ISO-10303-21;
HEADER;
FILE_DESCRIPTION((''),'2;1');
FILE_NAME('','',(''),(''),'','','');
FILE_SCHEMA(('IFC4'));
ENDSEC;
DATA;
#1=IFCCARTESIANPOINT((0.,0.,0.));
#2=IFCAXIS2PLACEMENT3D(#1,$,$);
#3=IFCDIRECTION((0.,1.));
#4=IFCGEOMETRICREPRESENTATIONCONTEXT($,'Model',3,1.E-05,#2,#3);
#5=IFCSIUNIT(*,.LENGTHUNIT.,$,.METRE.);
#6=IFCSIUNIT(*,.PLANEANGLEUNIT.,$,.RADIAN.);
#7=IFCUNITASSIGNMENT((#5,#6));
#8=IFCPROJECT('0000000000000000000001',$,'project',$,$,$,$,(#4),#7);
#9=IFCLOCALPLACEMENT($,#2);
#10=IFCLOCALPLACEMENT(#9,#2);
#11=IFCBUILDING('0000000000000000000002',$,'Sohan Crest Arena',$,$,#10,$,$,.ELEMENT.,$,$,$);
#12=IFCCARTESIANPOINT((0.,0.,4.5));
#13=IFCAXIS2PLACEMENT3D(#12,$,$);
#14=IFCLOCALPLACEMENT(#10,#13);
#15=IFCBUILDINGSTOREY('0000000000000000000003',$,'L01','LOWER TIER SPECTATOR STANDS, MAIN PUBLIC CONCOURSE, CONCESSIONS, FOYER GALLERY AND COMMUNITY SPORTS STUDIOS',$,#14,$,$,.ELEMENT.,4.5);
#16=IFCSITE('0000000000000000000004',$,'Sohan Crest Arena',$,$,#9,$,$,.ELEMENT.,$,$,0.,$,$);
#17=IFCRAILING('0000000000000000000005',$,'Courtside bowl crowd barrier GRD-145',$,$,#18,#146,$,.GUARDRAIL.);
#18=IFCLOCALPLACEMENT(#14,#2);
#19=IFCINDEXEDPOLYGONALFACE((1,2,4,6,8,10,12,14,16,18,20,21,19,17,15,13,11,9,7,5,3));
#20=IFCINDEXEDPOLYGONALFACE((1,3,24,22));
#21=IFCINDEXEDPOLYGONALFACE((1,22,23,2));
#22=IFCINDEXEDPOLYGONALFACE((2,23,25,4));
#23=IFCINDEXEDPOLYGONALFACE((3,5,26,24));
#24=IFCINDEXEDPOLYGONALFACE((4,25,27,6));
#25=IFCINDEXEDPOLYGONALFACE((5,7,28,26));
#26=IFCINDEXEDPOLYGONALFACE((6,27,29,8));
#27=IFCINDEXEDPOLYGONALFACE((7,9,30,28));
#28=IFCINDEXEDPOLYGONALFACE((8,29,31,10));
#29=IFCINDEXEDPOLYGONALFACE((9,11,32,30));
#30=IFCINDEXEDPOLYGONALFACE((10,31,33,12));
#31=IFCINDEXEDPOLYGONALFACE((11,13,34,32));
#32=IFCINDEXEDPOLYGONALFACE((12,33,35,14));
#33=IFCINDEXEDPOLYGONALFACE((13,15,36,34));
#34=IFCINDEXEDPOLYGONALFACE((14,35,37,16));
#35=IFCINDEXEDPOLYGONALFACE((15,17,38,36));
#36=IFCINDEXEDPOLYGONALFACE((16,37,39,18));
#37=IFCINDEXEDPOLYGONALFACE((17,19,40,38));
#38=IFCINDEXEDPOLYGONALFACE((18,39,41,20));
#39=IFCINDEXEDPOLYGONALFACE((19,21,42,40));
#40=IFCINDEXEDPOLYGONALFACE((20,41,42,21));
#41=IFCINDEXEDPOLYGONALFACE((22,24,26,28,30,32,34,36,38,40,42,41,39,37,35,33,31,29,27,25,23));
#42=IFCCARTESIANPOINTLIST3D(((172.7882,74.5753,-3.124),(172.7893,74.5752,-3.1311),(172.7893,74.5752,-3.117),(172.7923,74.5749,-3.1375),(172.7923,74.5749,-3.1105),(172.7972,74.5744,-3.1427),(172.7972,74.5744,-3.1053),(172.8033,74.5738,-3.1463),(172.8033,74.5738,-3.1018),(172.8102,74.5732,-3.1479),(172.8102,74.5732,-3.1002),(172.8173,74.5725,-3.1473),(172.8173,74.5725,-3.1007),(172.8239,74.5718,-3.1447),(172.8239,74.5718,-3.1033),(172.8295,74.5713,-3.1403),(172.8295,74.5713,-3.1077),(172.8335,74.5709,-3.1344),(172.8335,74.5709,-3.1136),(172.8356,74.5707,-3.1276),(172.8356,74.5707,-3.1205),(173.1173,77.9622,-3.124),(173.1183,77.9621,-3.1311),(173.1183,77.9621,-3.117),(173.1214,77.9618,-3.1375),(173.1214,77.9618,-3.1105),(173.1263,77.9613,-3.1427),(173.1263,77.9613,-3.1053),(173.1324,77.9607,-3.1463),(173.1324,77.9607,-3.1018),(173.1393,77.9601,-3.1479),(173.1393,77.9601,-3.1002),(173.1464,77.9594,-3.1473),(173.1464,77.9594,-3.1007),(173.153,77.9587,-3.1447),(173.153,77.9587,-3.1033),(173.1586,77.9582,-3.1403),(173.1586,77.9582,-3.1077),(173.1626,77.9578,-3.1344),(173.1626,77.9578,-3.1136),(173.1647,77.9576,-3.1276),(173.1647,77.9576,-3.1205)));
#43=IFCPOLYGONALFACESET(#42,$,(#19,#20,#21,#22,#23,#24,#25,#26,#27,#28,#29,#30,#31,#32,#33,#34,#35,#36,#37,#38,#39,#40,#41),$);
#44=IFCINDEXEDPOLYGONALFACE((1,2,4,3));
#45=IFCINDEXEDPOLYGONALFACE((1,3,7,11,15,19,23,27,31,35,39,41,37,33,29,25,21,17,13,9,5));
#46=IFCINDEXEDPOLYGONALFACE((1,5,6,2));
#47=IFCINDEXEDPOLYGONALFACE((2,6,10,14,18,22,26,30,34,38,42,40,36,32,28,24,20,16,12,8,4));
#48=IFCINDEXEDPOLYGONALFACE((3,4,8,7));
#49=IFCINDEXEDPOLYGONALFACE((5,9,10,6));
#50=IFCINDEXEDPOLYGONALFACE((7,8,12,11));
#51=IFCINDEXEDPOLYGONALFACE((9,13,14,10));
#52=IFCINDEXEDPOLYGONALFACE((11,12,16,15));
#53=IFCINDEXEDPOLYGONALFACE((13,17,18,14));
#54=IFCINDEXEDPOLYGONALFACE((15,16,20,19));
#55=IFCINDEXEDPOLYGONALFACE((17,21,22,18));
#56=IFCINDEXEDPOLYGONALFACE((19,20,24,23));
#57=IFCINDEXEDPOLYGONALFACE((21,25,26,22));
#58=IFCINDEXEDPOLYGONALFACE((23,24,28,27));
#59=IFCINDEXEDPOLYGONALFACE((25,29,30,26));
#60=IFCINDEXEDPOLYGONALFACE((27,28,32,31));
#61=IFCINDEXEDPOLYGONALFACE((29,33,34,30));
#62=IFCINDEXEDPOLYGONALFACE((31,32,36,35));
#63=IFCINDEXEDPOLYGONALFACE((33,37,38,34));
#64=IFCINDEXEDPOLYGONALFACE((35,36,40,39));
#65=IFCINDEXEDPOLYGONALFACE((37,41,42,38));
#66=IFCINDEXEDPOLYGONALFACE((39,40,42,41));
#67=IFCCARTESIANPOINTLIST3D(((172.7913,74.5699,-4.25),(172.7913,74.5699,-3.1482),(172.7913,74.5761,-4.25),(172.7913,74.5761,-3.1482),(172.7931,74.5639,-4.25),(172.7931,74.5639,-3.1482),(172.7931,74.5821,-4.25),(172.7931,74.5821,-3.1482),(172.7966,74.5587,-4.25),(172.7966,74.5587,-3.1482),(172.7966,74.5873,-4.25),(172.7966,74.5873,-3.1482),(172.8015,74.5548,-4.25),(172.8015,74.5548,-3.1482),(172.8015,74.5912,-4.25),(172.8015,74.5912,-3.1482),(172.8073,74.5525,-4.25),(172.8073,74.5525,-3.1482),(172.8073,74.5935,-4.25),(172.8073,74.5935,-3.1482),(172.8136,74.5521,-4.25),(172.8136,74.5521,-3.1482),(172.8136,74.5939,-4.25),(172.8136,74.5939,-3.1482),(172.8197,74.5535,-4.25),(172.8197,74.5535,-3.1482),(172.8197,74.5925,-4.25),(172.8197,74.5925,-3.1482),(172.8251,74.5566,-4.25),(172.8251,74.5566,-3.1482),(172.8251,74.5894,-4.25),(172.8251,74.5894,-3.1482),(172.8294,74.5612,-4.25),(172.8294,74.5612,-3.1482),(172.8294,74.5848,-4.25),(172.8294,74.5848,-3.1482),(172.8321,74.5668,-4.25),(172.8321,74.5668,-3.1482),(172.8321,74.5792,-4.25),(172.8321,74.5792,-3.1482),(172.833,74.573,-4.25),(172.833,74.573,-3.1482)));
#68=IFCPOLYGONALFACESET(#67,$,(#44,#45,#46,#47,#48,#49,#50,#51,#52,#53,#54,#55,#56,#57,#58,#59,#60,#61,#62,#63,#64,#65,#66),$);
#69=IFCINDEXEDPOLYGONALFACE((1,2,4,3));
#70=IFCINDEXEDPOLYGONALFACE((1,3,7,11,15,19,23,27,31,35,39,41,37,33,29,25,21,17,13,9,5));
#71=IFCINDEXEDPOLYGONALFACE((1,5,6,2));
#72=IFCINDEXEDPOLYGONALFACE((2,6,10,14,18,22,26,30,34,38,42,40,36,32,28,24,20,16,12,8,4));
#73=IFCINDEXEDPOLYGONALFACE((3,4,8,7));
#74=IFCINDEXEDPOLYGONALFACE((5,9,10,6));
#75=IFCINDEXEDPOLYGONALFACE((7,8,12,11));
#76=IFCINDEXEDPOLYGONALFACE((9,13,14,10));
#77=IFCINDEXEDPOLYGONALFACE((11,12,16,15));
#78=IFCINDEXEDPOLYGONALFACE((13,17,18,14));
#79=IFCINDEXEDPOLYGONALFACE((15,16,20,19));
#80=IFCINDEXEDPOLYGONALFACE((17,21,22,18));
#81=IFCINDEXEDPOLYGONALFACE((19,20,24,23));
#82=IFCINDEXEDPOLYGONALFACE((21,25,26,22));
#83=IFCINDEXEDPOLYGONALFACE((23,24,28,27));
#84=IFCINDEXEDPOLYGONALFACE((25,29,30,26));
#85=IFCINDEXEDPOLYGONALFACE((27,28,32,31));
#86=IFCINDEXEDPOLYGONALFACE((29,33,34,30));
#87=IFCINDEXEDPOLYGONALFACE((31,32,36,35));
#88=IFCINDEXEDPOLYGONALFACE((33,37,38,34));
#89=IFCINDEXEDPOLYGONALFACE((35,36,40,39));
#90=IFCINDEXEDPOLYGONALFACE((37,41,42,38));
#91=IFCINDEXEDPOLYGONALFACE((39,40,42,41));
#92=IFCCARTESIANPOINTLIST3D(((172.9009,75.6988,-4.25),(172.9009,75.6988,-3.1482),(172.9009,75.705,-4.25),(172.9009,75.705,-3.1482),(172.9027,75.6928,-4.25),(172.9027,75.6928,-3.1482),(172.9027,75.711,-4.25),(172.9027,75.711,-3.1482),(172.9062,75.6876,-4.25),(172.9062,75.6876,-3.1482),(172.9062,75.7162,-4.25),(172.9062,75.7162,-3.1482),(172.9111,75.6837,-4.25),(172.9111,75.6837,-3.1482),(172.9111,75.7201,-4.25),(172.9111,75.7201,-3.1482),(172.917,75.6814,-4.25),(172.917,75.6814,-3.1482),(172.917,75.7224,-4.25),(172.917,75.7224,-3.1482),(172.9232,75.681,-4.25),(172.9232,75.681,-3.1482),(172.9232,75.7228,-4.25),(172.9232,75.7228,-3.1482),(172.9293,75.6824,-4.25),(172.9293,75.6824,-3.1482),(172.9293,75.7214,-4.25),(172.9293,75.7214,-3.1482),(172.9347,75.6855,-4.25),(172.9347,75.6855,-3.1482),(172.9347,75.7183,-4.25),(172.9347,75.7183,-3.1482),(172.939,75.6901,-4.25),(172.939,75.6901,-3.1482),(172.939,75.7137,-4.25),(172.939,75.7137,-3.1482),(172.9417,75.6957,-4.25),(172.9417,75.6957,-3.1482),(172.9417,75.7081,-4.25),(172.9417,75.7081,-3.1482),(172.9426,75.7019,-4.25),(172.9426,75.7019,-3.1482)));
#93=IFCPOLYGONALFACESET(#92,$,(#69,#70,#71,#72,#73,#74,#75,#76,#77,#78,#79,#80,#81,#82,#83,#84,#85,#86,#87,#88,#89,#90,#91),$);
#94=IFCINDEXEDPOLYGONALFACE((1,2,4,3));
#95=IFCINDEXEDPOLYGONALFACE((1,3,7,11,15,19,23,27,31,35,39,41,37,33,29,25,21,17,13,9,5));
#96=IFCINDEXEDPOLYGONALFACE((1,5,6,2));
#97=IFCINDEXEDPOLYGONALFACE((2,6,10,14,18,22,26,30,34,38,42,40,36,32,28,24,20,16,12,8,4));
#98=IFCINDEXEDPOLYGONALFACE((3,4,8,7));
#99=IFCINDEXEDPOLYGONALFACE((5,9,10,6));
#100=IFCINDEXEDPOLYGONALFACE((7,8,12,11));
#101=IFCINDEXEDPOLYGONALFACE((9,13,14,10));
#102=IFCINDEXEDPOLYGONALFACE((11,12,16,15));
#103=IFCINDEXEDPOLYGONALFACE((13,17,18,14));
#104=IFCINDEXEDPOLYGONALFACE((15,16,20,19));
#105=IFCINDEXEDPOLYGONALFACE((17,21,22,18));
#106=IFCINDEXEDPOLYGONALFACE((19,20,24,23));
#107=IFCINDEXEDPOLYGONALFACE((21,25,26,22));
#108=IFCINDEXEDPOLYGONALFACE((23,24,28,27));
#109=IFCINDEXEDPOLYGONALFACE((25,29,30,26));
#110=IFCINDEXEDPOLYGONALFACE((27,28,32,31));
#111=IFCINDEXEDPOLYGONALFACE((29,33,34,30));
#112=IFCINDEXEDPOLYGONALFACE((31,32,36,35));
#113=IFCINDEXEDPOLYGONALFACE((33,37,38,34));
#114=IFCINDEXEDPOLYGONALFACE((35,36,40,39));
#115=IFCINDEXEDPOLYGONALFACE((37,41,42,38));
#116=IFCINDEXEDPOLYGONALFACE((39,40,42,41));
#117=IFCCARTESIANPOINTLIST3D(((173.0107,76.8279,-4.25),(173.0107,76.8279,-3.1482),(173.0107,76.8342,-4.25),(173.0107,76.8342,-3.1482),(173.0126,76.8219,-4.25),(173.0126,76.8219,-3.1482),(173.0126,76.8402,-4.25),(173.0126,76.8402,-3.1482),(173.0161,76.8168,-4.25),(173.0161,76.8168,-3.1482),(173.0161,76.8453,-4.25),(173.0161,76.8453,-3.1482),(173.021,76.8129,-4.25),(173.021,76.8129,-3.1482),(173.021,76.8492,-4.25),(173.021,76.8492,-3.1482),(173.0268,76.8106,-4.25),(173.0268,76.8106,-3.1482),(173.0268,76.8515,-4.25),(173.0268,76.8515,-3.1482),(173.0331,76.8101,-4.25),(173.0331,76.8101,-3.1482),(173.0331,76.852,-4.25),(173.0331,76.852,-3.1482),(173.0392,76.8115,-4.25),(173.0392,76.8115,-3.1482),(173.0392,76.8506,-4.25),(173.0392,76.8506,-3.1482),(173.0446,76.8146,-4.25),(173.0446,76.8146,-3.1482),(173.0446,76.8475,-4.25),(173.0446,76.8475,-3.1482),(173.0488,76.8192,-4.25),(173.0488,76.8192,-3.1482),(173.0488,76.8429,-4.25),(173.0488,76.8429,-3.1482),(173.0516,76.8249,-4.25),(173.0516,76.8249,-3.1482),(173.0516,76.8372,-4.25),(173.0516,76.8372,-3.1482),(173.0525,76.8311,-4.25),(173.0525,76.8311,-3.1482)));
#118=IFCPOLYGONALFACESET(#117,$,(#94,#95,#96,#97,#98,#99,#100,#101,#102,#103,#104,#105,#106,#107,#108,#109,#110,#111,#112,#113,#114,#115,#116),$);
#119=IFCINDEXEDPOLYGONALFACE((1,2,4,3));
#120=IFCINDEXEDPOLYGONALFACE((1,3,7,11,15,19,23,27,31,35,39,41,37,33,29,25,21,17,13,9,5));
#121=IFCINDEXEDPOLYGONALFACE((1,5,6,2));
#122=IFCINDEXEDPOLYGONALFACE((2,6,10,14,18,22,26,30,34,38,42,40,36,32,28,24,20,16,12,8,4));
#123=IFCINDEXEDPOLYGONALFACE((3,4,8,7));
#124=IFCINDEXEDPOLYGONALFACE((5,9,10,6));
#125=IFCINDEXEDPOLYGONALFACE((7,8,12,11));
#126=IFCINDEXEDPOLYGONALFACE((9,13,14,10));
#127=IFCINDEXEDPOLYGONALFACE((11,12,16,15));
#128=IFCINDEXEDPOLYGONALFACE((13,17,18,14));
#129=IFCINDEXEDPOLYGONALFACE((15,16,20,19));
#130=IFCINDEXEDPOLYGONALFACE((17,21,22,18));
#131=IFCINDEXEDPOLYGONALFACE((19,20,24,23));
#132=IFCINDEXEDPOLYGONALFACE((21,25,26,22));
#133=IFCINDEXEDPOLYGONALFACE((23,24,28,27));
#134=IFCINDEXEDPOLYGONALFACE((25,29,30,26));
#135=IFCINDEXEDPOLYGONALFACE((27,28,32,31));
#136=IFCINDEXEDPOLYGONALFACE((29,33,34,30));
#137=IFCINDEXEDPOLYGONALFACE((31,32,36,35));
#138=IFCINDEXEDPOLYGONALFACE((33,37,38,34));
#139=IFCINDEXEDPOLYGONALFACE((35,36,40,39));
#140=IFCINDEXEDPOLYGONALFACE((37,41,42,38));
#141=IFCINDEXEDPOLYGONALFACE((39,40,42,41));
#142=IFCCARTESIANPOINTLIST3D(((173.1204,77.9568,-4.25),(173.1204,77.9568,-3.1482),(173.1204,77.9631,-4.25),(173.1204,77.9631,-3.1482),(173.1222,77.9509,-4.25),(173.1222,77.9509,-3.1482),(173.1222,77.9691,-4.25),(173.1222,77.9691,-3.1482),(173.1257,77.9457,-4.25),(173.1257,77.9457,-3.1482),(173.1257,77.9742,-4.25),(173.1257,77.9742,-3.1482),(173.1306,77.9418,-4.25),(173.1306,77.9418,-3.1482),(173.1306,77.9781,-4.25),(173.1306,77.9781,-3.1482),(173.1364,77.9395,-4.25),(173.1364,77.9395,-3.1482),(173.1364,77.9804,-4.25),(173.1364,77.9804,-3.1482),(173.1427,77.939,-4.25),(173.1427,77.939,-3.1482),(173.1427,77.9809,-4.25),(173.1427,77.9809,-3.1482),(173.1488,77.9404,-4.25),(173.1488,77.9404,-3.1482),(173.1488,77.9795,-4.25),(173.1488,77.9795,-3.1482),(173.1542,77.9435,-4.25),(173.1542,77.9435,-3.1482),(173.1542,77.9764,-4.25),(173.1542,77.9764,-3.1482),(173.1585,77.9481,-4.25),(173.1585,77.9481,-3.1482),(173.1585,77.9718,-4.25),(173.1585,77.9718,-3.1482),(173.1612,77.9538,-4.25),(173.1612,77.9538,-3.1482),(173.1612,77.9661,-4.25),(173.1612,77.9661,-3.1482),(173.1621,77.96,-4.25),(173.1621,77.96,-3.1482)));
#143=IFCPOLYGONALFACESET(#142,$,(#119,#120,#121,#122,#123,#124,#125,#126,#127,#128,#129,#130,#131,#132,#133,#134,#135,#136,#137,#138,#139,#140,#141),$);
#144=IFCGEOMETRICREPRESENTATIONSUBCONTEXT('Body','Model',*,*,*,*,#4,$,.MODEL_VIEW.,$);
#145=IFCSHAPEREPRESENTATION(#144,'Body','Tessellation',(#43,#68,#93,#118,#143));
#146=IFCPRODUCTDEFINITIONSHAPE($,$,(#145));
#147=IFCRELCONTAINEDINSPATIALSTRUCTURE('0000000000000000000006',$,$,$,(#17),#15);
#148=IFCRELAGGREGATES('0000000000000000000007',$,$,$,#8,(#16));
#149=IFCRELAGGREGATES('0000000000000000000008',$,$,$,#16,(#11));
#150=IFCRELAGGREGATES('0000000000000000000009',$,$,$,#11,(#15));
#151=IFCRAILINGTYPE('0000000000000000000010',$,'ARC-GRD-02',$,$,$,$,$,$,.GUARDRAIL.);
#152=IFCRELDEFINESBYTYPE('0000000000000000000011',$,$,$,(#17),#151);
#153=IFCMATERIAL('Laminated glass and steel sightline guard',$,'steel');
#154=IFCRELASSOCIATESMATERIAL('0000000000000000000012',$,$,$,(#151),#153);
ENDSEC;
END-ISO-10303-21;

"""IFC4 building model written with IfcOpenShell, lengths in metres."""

from ifc_helpers import new_model, si_unit, direction, frame, origin, origin_2d, place, context, subcontext, project, spatial, circle, extrude, material, type_object, element, save


model = new_model("IFC4")

# Units and contexts
model_context = context("Model", 3, precision=1e-05, world=origin(), true_north=direction((0.0, 1.0)))
body_context = subcontext(model_context, "Body", "Model", "MODEL_VIEW")
ifc_project = project(units=[si_unit("LENGTHUNIT", "METRE"), si_unit("PLANEANGLEUNIT", "RADIAN")], contexts=[model_context])

# Site, building, storey
site_placement = place(None, origin())
site = spatial("IfcSite", under=ifc_project, at=site_placement, Name="Sohan Crest Arena", CompositionType="ELEMENT", RefElevation=0.0)
building_placement = place(site_placement, origin())
building = spatial("IfcBuilding", under=site, at=building_placement, Name="Sohan Crest Arena", CompositionType="ELEMENT")
storey_placement = place(building_placement, frame((0.0, 0.0, 4.5)))
storey = spatial("IfcBuildingStorey", under=building, at=storey_placement, Name="L01", Description="LOWER TIER SPECTATOR STANDS, MAIN PUBLIC CONCOURSE, CONCESSIONS, FOYER GALLERY AND COMMUNITY SPORTS STUDIOS", CompositionType="ELEMENT", Elevation=4.5)

# Railing
ifc_material_1 = material(Name="Laminated glass and steel sightline guard", Category="steel")
railing_type = type_object("IfcRailingType", Name="ARC-GRD-02", PredefinedType="GUARDRAIL", material=ifc_material_1)
railing_1_placement = place(storey_placement, frame((172.812, 74.573, -4.25)))
element("IfcRailing", 1, at=railing_1_placement, inside=storey, type_object=railing_type, Name="Courtside bowl crowd barrier GRD-145", PredefinedType="GUARDRAIL", context=body_context, shape_type="SweptSolid", body=[
    extrude(circle(Radius=0.0239, at=origin_2d()), frame((0.0, 0.0, 1.126), z_axis=(0.096712, 0.995312, 0.0), x_axis=(-0.995312, 0.096712, 0.0)), (0.0, 0.0, 1.0), 3.4028),
    extrude(circle(Radius=0.021, at=origin_2d()), origin(), (0.0, 0.0, 1.0), 1.1018),
    extrude(circle(Radius=0.021, at=origin_2d()), frame((0.1096, 1.1289, 0.0)), (0.0, 0.0, 1.0), 1.1018),
    extrude(circle(Radius=0.021, at=origin_2d()), frame((0.2195, 2.2581, 0.0)), (0.0, 0.0, 1.0), 1.1018),
    extrude(circle(Radius=0.021, at=origin_2d()), frame((0.3291, 3.387, 0.0)), (0.0, 0.0, 1.0), 1.1018),
])

save(model, "model.ifc")
